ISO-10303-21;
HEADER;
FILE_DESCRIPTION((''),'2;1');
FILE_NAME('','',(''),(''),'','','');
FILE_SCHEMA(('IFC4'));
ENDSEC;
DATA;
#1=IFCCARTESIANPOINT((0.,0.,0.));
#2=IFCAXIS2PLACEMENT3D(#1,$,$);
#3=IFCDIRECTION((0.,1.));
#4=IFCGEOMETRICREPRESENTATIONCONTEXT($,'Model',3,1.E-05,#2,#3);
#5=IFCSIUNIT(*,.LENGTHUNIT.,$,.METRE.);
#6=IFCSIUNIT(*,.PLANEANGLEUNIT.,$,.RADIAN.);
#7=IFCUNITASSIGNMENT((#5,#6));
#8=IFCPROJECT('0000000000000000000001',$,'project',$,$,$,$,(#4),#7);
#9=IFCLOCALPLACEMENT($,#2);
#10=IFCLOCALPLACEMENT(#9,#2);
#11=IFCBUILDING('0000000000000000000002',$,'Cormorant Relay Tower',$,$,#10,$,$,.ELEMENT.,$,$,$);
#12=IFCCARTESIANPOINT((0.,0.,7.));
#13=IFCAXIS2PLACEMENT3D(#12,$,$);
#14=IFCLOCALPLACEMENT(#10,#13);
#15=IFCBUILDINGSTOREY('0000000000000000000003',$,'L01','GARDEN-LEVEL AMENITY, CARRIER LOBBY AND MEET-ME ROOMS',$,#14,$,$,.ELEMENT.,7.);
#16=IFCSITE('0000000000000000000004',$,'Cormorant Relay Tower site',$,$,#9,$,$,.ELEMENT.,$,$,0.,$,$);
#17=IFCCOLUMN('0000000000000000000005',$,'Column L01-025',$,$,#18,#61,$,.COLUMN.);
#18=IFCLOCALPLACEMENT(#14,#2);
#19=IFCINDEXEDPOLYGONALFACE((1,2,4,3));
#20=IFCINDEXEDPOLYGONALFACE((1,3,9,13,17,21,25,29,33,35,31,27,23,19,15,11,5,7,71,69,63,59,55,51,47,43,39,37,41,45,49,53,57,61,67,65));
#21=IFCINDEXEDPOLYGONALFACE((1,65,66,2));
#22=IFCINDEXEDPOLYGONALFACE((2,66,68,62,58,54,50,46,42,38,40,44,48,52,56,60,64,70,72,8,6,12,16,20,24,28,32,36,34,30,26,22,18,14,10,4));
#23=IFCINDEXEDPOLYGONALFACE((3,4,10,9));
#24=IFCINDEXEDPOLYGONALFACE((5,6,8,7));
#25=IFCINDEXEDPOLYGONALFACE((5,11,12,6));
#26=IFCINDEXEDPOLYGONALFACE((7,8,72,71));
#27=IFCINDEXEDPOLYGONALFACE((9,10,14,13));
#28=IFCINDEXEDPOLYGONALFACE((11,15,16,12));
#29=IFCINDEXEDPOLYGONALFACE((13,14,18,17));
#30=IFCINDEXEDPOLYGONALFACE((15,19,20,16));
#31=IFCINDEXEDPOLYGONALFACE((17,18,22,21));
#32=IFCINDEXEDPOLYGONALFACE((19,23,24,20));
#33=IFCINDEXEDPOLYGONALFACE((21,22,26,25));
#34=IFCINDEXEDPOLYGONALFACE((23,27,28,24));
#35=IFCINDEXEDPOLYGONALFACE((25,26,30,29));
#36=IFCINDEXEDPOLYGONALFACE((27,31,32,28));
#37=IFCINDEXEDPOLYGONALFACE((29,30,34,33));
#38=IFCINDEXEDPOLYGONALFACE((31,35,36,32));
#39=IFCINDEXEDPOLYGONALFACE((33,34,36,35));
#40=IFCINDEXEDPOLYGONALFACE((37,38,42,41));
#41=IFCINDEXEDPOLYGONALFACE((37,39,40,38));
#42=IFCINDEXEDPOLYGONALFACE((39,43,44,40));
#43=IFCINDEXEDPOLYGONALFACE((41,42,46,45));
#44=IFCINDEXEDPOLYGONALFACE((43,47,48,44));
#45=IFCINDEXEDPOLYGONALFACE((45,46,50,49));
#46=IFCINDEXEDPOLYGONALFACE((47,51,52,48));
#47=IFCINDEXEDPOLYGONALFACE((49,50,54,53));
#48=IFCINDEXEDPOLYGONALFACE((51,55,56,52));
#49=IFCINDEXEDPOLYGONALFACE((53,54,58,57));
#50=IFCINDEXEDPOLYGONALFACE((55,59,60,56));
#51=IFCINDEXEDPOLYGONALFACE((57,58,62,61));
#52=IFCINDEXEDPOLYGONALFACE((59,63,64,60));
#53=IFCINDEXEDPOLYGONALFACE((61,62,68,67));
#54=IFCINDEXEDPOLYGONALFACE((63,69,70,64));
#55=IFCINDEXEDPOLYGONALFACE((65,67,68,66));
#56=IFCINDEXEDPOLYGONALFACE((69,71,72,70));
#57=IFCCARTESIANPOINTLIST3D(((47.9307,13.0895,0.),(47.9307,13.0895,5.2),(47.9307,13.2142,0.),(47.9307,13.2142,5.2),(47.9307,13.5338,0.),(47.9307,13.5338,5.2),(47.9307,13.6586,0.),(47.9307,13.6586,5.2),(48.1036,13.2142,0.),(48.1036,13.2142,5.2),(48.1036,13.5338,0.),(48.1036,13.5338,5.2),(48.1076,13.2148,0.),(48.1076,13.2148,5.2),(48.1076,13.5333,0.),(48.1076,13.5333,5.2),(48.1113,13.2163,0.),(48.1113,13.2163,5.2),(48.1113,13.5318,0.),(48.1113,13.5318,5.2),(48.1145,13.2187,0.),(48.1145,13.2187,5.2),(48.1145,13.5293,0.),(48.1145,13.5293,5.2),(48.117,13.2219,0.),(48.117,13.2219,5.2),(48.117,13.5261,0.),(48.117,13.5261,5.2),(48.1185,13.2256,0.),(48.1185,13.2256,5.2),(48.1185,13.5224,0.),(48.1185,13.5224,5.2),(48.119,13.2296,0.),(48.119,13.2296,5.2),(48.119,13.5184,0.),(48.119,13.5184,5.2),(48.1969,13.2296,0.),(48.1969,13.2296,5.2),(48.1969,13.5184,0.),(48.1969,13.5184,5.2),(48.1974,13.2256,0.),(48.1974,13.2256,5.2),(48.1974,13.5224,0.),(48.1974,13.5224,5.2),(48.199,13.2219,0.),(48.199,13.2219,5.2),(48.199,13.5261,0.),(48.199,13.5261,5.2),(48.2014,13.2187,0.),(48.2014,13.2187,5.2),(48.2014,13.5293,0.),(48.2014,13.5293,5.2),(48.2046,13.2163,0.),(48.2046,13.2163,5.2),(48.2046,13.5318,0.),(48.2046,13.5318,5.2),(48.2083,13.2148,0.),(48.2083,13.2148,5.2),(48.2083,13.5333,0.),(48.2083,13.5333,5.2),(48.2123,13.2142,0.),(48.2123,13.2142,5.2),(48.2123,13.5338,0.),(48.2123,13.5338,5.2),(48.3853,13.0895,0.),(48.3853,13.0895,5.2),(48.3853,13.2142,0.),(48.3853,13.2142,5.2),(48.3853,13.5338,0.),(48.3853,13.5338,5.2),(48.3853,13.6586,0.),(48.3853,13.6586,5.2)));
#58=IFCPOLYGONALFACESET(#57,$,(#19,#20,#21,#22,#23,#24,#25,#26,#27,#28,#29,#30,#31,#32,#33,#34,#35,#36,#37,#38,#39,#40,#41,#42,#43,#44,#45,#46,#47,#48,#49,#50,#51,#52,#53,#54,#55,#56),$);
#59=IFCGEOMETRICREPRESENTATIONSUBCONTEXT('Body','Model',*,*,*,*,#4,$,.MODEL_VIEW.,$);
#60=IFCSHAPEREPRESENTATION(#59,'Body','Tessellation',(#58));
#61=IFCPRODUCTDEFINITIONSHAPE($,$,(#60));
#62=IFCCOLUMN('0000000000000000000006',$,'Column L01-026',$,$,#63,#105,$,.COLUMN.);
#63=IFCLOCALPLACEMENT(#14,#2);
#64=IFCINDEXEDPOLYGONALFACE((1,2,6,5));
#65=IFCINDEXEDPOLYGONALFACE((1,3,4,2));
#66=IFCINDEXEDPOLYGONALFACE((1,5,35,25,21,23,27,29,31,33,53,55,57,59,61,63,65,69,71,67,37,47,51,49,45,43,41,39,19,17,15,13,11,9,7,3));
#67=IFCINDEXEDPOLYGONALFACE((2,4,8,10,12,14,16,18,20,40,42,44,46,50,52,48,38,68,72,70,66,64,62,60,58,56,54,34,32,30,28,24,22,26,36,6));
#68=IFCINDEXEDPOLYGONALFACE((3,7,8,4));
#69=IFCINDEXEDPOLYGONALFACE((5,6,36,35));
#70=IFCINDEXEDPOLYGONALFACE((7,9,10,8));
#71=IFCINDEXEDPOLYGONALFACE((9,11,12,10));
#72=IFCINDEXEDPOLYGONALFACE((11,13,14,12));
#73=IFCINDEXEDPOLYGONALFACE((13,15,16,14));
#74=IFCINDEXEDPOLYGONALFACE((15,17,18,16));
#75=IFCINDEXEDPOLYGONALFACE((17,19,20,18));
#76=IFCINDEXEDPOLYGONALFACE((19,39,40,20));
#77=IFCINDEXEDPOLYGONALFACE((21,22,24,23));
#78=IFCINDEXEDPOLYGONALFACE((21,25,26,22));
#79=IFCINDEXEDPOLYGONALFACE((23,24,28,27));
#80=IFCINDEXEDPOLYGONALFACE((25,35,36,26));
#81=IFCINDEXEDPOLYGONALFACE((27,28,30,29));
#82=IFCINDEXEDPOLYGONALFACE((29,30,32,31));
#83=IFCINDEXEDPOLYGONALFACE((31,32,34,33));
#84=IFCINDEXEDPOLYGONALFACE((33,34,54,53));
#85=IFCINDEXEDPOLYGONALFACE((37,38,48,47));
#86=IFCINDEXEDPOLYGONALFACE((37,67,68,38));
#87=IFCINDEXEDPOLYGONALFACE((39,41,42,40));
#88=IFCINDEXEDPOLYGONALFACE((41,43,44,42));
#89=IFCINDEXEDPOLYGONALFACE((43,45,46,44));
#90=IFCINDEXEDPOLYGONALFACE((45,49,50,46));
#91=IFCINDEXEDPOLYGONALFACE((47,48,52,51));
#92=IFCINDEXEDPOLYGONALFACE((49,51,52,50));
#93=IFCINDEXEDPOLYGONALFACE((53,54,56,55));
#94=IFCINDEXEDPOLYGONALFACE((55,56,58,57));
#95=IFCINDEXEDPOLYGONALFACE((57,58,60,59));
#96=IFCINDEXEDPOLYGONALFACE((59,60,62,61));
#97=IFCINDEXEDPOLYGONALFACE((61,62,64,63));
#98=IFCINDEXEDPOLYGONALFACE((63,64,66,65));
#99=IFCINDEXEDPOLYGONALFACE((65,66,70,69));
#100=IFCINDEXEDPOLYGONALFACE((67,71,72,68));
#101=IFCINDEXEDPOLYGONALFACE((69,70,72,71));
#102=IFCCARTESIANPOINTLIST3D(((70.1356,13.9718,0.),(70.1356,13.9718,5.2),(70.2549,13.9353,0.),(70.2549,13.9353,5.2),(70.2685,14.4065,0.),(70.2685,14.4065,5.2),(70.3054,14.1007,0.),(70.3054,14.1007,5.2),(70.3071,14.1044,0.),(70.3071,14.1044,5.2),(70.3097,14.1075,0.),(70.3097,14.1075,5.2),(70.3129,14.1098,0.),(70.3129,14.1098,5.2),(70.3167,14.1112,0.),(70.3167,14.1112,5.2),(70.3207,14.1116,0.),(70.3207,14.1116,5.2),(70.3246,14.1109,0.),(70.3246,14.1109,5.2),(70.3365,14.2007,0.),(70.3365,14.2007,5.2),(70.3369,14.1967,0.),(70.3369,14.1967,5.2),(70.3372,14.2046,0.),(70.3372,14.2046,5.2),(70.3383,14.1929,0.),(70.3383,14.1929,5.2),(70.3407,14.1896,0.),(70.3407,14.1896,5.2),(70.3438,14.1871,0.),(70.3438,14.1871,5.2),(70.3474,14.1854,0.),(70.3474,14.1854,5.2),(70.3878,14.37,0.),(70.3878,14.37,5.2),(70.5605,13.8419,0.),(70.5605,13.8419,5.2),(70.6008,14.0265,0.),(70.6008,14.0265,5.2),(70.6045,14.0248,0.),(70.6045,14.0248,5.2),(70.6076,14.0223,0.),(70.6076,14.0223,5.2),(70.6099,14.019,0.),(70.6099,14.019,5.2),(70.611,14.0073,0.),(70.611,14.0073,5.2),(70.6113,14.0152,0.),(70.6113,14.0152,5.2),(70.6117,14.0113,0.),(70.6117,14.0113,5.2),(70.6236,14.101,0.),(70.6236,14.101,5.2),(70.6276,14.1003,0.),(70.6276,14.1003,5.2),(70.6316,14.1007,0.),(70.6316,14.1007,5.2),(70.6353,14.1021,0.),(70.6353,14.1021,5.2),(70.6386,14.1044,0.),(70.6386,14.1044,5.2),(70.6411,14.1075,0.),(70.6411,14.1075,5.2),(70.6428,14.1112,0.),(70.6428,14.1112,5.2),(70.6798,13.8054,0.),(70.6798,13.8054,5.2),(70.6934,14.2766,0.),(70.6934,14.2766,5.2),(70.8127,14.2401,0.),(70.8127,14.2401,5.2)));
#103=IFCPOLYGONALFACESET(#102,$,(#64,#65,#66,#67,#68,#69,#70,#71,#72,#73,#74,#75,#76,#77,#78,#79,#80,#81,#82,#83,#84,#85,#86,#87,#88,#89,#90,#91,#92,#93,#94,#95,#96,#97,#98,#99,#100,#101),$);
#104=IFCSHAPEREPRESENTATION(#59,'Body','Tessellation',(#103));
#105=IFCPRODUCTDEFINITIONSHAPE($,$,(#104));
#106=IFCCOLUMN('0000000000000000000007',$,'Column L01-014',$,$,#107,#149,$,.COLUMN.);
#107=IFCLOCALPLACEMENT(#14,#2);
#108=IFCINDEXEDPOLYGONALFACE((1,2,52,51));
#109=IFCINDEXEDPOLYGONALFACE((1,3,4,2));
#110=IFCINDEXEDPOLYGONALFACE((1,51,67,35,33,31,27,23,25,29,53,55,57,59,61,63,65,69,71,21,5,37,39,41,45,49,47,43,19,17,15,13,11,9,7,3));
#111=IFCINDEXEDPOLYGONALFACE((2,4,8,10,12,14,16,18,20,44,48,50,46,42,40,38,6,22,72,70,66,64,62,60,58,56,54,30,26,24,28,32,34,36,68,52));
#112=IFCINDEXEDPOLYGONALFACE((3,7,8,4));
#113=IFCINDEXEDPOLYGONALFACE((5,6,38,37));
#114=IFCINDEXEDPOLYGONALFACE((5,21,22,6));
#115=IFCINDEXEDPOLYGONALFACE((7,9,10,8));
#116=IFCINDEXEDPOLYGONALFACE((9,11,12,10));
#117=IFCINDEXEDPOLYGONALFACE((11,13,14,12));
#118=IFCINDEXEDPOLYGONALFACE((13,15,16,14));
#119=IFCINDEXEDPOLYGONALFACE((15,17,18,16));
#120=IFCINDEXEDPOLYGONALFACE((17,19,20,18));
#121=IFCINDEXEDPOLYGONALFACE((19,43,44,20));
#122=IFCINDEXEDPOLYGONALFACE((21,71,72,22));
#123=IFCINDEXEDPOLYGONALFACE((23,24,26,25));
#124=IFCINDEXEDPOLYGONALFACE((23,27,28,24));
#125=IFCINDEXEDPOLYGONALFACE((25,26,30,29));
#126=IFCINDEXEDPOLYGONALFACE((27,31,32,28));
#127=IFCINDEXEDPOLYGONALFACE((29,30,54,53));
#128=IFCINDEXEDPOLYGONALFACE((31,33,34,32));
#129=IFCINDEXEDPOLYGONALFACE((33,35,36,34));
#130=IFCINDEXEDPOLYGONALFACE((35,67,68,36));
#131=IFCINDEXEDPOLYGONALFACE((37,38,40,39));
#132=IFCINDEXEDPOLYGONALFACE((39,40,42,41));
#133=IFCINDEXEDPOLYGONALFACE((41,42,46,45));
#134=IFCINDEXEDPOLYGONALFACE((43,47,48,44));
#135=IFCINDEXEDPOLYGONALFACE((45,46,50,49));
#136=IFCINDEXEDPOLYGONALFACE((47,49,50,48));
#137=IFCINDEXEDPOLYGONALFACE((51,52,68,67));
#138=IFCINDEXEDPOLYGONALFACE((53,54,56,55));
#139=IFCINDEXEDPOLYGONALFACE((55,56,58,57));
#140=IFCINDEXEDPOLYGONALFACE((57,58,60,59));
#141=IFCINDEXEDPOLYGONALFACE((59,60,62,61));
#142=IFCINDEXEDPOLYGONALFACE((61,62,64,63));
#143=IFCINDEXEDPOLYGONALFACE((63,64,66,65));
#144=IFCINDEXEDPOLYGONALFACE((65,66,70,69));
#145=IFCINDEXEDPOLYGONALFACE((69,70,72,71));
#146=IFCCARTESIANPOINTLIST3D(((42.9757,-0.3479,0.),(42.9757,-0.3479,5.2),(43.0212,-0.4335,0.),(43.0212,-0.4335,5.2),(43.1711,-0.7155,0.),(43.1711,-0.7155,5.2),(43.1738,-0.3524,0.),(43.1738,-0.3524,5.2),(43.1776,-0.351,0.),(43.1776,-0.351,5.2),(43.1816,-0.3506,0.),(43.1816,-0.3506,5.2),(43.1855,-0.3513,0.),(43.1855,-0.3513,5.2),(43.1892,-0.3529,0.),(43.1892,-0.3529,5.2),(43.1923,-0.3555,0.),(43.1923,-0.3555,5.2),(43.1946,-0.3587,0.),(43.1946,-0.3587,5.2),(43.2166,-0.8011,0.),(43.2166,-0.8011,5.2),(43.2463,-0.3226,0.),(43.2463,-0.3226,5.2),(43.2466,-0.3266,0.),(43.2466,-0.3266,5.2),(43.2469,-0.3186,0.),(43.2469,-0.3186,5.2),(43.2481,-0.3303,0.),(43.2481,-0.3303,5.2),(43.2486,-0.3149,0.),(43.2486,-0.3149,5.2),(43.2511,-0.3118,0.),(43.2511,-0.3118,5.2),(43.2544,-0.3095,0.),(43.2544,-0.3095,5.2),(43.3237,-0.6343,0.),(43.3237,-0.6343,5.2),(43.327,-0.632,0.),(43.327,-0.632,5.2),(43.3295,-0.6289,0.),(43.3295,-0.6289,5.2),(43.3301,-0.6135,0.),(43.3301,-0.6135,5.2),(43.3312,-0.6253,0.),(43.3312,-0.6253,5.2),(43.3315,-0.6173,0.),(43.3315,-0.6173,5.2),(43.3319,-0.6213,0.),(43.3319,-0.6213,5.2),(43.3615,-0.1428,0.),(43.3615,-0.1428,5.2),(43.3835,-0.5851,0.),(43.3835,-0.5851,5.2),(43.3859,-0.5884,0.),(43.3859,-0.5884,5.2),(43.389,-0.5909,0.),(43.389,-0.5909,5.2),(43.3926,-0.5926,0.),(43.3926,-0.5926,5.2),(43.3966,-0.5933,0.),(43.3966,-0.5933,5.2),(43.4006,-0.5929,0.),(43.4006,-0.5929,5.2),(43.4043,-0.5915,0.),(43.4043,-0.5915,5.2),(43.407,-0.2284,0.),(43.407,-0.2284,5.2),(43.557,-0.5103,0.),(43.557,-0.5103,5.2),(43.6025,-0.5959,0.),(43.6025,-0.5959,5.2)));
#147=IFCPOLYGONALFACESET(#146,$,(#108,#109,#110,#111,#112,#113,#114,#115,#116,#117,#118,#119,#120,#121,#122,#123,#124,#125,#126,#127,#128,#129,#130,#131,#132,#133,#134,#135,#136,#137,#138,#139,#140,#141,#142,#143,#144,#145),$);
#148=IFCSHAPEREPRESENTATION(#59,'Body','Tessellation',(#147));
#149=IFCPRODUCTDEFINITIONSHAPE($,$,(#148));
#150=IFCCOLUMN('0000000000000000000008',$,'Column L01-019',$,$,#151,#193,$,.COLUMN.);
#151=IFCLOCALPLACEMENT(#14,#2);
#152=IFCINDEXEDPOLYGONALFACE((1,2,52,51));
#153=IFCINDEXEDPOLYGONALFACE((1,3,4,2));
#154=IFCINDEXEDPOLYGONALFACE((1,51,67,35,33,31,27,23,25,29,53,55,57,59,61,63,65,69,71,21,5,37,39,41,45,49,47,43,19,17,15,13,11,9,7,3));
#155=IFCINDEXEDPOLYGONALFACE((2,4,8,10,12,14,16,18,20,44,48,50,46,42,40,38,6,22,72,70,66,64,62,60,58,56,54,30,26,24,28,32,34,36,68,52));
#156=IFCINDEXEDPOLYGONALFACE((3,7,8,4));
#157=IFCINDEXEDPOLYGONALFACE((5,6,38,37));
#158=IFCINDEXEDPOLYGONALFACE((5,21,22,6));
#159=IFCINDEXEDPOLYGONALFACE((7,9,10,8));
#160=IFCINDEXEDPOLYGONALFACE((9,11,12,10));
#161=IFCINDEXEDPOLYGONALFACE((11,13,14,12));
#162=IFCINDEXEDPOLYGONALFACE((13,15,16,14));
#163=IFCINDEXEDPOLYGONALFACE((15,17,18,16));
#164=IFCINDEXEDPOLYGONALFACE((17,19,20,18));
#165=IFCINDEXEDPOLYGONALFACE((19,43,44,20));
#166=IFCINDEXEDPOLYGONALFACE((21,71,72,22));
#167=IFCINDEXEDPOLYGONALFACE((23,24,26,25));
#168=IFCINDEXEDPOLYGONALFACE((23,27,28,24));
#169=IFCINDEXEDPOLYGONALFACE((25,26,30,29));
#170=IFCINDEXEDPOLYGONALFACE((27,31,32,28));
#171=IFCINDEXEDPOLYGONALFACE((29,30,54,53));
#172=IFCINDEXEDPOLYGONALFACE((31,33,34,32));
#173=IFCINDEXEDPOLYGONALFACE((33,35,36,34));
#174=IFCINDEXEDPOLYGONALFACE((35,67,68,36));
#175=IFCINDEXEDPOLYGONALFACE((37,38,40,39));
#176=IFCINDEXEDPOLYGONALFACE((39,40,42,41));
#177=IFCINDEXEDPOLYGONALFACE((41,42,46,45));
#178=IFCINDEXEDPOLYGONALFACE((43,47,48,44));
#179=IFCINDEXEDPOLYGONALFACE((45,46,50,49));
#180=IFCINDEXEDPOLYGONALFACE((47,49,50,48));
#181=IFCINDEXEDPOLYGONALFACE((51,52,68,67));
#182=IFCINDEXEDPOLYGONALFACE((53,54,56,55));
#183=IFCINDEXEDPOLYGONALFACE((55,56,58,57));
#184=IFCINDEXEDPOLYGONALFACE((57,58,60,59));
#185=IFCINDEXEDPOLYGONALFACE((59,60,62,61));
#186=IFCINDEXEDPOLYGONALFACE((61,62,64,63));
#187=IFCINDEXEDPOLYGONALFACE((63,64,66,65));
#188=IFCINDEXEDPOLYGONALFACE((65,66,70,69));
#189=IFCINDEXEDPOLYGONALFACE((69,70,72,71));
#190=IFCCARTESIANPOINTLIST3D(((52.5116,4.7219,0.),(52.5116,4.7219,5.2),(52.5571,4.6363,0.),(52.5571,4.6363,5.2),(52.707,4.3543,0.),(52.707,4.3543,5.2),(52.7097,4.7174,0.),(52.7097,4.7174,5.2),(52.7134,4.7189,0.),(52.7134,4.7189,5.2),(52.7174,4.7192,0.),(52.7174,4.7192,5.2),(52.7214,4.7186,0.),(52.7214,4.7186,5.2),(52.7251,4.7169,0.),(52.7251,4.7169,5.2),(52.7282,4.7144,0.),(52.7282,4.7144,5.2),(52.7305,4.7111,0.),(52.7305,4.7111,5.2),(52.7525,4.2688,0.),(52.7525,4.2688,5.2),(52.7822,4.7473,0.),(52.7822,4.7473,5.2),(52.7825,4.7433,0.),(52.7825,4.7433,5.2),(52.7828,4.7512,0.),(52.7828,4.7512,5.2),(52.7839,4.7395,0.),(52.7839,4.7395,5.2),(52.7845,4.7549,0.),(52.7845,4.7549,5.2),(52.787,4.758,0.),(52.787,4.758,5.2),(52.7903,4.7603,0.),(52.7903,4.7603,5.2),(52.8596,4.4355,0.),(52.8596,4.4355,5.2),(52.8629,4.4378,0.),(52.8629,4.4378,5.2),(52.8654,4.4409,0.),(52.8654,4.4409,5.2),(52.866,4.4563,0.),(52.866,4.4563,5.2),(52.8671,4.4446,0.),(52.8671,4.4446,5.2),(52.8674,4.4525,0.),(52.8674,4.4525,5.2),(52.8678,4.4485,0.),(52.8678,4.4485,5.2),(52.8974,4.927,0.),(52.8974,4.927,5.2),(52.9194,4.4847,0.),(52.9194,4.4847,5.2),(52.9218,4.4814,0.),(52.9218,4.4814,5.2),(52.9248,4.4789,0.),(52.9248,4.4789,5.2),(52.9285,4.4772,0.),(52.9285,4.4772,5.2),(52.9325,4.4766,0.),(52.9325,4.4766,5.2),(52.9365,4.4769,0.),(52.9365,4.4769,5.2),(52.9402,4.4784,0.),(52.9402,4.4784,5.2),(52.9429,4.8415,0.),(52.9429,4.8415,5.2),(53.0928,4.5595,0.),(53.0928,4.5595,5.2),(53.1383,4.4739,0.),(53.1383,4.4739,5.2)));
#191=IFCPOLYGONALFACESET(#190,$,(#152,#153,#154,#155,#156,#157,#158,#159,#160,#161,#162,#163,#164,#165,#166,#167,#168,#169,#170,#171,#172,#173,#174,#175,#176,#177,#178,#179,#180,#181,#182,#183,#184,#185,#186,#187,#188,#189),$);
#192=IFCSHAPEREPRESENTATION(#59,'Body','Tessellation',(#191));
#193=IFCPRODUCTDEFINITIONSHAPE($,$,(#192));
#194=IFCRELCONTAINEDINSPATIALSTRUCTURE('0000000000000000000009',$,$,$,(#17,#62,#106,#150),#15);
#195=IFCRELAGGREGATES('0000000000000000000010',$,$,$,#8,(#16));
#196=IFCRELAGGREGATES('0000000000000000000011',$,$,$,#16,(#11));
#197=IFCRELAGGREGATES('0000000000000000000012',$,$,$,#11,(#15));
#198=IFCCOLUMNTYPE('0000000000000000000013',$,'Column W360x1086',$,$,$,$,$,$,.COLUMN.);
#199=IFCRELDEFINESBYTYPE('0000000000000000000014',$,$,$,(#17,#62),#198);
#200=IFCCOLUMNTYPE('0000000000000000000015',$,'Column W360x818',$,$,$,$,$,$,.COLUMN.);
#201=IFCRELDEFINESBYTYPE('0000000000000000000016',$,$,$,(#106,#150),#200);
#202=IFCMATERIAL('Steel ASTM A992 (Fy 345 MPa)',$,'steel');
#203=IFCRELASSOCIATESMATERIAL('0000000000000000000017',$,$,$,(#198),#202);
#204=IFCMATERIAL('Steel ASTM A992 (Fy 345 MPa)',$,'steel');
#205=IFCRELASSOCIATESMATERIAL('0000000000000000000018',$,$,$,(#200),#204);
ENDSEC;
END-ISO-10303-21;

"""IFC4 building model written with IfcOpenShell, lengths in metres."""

from ifc_helpers import new_model, si_unit, direction, frame, origin, origin_2d, place, context, subcontext, project, spatial, i_section, extrude, material, material_profile, profile_set, type_object, element, save


model = new_model("IFC4")

# Units and contexts
model_context = context("Model", 3, precision=1e-05, world=origin(), true_north=direction((0.0, 1.0)))
body_context = subcontext(model_context, "Body", "Model", "MODEL_VIEW")
ifc_project = project(units=[si_unit("LENGTHUNIT", "METRE"), si_unit("PLANEANGLEUNIT", "RADIAN")], contexts=[model_context])

# Site, building, storey
site_placement = place(None, origin())
site = spatial("IfcSite", under=ifc_project, at=site_placement, Name="Cormorant Relay Tower site", CompositionType="ELEMENT", RefElevation=0.0)
building_placement = place(site_placement, origin())
building = spatial("IfcBuilding", under=site, at=building_placement, Name="Cormorant Relay Tower", CompositionType="ELEMENT")
storey_placement = place(building_placement, frame((0.0, 0.0, 7.0)))
storey = spatial("IfcBuildingStorey", under=building, at=storey_placement, Name="L01", Description="GARDEN-LEVEL AMENITY, CARRIER LOBBY AND MEET-ME ROOMS", CompositionType="ELEMENT", Elevation=7.0)

# Columns
ifc_material_1 = material(Name="Steel ASTM A992 (Fy 345 MPa)", Category="steel")
ifc_material_profile_1 = material_profile(ifc_material_1, i_section(OverallWidth=0.4546, OverallDepth=0.5691, WebThickness=0.0779, FlangeThickness=0.1248, FilletRadius=0.0154, at=origin_2d()), Name="W360x1086")
ifc_profile_set_1 = profile_set([ifc_material_profile_1], Name="Steel ASTM A992 (Fy 345 MPa)")
column_type_1 = type_object("IfcColumnType", Name="Column W360x1086", PredefinedType="COLUMN", material=ifc_profile_set_1)
for number, where, z_axis, x_axis, name in (
    (1, (48.158, 13.374, 0.0), (0.0, 0.0, 1.0), (1.0, 0.0, 0.0), "Column L01-025"),
    (2, (70.4741, 14.106, 0.0), (0.0, 0.0, 1.0), (0.292372, 0.956305, 0.0), "Column L01-026"),
):
    element("IfcColumn", number, at=place(storey_placement, frame(where, z_axis=z_axis, x_axis=x_axis)), inside=storey, type_object=column_type_1, Name=name, PredefinedType="COLUMN", context=body_context, shape_type="SweptSolid", body=[
        extrude(i_section(OverallWidth=0.4546, OverallDepth=0.5691, WebThickness=0.0779, FlangeThickness=0.1248, FilletRadius=0.0154, at=origin_2d()), origin(), (0.0, 0.0, 1.0), 5.2),
    ])
ifc_material_2 = material(Name="Steel ASTM A992 (Fy 345 MPa)", Category="steel")
ifc_material_profile_2 = material_profile(ifc_material_2, i_section(OverallWidth=0.437, OverallDepth=0.5132, WebThickness=0.0605, FlangeThickness=0.0969, FilletRadius=0.0154, at=origin_2d()), Name="W360x818")
ifc_profile_set_2 = profile_set([ifc_material_profile_2], Name="Steel ASTM A992 (Fy 345 MPa)")
column_type_2 = type_object("IfcColumnType", Name="Column W360x818", PredefinedType="COLUMN", material=ifc_profile_set_2)
for number, where, z_axis, x_axis, name in (
    (3, (43.2891, -0.4719, 0.0), (0.0, 0.0, 1.0), (0.882948, 0.469472, 0.0), "Column L01-014"),
    (4, (52.825, 4.5979, 0.0), (0.0, 0.0, 1.0), (0.882948, 0.469472, 0.0), "Column L01-019"),
):
    element("IfcColumn", number, at=place(storey_placement, frame(where, z_axis=z_axis, x_axis=x_axis)), inside=storey, type_object=column_type_2, Name=name, PredefinedType="COLUMN", context=body_context, shape_type="SweptSolid", body=[
        extrude(i_section(OverallWidth=0.437, OverallDepth=0.5132, WebThickness=0.0605, FlangeThickness=0.0969, FilletRadius=0.0154, at=origin_2d()), origin(), (0.0, 0.0, 1.0), 5.2),
    ])

save(model, "model.ifc")
